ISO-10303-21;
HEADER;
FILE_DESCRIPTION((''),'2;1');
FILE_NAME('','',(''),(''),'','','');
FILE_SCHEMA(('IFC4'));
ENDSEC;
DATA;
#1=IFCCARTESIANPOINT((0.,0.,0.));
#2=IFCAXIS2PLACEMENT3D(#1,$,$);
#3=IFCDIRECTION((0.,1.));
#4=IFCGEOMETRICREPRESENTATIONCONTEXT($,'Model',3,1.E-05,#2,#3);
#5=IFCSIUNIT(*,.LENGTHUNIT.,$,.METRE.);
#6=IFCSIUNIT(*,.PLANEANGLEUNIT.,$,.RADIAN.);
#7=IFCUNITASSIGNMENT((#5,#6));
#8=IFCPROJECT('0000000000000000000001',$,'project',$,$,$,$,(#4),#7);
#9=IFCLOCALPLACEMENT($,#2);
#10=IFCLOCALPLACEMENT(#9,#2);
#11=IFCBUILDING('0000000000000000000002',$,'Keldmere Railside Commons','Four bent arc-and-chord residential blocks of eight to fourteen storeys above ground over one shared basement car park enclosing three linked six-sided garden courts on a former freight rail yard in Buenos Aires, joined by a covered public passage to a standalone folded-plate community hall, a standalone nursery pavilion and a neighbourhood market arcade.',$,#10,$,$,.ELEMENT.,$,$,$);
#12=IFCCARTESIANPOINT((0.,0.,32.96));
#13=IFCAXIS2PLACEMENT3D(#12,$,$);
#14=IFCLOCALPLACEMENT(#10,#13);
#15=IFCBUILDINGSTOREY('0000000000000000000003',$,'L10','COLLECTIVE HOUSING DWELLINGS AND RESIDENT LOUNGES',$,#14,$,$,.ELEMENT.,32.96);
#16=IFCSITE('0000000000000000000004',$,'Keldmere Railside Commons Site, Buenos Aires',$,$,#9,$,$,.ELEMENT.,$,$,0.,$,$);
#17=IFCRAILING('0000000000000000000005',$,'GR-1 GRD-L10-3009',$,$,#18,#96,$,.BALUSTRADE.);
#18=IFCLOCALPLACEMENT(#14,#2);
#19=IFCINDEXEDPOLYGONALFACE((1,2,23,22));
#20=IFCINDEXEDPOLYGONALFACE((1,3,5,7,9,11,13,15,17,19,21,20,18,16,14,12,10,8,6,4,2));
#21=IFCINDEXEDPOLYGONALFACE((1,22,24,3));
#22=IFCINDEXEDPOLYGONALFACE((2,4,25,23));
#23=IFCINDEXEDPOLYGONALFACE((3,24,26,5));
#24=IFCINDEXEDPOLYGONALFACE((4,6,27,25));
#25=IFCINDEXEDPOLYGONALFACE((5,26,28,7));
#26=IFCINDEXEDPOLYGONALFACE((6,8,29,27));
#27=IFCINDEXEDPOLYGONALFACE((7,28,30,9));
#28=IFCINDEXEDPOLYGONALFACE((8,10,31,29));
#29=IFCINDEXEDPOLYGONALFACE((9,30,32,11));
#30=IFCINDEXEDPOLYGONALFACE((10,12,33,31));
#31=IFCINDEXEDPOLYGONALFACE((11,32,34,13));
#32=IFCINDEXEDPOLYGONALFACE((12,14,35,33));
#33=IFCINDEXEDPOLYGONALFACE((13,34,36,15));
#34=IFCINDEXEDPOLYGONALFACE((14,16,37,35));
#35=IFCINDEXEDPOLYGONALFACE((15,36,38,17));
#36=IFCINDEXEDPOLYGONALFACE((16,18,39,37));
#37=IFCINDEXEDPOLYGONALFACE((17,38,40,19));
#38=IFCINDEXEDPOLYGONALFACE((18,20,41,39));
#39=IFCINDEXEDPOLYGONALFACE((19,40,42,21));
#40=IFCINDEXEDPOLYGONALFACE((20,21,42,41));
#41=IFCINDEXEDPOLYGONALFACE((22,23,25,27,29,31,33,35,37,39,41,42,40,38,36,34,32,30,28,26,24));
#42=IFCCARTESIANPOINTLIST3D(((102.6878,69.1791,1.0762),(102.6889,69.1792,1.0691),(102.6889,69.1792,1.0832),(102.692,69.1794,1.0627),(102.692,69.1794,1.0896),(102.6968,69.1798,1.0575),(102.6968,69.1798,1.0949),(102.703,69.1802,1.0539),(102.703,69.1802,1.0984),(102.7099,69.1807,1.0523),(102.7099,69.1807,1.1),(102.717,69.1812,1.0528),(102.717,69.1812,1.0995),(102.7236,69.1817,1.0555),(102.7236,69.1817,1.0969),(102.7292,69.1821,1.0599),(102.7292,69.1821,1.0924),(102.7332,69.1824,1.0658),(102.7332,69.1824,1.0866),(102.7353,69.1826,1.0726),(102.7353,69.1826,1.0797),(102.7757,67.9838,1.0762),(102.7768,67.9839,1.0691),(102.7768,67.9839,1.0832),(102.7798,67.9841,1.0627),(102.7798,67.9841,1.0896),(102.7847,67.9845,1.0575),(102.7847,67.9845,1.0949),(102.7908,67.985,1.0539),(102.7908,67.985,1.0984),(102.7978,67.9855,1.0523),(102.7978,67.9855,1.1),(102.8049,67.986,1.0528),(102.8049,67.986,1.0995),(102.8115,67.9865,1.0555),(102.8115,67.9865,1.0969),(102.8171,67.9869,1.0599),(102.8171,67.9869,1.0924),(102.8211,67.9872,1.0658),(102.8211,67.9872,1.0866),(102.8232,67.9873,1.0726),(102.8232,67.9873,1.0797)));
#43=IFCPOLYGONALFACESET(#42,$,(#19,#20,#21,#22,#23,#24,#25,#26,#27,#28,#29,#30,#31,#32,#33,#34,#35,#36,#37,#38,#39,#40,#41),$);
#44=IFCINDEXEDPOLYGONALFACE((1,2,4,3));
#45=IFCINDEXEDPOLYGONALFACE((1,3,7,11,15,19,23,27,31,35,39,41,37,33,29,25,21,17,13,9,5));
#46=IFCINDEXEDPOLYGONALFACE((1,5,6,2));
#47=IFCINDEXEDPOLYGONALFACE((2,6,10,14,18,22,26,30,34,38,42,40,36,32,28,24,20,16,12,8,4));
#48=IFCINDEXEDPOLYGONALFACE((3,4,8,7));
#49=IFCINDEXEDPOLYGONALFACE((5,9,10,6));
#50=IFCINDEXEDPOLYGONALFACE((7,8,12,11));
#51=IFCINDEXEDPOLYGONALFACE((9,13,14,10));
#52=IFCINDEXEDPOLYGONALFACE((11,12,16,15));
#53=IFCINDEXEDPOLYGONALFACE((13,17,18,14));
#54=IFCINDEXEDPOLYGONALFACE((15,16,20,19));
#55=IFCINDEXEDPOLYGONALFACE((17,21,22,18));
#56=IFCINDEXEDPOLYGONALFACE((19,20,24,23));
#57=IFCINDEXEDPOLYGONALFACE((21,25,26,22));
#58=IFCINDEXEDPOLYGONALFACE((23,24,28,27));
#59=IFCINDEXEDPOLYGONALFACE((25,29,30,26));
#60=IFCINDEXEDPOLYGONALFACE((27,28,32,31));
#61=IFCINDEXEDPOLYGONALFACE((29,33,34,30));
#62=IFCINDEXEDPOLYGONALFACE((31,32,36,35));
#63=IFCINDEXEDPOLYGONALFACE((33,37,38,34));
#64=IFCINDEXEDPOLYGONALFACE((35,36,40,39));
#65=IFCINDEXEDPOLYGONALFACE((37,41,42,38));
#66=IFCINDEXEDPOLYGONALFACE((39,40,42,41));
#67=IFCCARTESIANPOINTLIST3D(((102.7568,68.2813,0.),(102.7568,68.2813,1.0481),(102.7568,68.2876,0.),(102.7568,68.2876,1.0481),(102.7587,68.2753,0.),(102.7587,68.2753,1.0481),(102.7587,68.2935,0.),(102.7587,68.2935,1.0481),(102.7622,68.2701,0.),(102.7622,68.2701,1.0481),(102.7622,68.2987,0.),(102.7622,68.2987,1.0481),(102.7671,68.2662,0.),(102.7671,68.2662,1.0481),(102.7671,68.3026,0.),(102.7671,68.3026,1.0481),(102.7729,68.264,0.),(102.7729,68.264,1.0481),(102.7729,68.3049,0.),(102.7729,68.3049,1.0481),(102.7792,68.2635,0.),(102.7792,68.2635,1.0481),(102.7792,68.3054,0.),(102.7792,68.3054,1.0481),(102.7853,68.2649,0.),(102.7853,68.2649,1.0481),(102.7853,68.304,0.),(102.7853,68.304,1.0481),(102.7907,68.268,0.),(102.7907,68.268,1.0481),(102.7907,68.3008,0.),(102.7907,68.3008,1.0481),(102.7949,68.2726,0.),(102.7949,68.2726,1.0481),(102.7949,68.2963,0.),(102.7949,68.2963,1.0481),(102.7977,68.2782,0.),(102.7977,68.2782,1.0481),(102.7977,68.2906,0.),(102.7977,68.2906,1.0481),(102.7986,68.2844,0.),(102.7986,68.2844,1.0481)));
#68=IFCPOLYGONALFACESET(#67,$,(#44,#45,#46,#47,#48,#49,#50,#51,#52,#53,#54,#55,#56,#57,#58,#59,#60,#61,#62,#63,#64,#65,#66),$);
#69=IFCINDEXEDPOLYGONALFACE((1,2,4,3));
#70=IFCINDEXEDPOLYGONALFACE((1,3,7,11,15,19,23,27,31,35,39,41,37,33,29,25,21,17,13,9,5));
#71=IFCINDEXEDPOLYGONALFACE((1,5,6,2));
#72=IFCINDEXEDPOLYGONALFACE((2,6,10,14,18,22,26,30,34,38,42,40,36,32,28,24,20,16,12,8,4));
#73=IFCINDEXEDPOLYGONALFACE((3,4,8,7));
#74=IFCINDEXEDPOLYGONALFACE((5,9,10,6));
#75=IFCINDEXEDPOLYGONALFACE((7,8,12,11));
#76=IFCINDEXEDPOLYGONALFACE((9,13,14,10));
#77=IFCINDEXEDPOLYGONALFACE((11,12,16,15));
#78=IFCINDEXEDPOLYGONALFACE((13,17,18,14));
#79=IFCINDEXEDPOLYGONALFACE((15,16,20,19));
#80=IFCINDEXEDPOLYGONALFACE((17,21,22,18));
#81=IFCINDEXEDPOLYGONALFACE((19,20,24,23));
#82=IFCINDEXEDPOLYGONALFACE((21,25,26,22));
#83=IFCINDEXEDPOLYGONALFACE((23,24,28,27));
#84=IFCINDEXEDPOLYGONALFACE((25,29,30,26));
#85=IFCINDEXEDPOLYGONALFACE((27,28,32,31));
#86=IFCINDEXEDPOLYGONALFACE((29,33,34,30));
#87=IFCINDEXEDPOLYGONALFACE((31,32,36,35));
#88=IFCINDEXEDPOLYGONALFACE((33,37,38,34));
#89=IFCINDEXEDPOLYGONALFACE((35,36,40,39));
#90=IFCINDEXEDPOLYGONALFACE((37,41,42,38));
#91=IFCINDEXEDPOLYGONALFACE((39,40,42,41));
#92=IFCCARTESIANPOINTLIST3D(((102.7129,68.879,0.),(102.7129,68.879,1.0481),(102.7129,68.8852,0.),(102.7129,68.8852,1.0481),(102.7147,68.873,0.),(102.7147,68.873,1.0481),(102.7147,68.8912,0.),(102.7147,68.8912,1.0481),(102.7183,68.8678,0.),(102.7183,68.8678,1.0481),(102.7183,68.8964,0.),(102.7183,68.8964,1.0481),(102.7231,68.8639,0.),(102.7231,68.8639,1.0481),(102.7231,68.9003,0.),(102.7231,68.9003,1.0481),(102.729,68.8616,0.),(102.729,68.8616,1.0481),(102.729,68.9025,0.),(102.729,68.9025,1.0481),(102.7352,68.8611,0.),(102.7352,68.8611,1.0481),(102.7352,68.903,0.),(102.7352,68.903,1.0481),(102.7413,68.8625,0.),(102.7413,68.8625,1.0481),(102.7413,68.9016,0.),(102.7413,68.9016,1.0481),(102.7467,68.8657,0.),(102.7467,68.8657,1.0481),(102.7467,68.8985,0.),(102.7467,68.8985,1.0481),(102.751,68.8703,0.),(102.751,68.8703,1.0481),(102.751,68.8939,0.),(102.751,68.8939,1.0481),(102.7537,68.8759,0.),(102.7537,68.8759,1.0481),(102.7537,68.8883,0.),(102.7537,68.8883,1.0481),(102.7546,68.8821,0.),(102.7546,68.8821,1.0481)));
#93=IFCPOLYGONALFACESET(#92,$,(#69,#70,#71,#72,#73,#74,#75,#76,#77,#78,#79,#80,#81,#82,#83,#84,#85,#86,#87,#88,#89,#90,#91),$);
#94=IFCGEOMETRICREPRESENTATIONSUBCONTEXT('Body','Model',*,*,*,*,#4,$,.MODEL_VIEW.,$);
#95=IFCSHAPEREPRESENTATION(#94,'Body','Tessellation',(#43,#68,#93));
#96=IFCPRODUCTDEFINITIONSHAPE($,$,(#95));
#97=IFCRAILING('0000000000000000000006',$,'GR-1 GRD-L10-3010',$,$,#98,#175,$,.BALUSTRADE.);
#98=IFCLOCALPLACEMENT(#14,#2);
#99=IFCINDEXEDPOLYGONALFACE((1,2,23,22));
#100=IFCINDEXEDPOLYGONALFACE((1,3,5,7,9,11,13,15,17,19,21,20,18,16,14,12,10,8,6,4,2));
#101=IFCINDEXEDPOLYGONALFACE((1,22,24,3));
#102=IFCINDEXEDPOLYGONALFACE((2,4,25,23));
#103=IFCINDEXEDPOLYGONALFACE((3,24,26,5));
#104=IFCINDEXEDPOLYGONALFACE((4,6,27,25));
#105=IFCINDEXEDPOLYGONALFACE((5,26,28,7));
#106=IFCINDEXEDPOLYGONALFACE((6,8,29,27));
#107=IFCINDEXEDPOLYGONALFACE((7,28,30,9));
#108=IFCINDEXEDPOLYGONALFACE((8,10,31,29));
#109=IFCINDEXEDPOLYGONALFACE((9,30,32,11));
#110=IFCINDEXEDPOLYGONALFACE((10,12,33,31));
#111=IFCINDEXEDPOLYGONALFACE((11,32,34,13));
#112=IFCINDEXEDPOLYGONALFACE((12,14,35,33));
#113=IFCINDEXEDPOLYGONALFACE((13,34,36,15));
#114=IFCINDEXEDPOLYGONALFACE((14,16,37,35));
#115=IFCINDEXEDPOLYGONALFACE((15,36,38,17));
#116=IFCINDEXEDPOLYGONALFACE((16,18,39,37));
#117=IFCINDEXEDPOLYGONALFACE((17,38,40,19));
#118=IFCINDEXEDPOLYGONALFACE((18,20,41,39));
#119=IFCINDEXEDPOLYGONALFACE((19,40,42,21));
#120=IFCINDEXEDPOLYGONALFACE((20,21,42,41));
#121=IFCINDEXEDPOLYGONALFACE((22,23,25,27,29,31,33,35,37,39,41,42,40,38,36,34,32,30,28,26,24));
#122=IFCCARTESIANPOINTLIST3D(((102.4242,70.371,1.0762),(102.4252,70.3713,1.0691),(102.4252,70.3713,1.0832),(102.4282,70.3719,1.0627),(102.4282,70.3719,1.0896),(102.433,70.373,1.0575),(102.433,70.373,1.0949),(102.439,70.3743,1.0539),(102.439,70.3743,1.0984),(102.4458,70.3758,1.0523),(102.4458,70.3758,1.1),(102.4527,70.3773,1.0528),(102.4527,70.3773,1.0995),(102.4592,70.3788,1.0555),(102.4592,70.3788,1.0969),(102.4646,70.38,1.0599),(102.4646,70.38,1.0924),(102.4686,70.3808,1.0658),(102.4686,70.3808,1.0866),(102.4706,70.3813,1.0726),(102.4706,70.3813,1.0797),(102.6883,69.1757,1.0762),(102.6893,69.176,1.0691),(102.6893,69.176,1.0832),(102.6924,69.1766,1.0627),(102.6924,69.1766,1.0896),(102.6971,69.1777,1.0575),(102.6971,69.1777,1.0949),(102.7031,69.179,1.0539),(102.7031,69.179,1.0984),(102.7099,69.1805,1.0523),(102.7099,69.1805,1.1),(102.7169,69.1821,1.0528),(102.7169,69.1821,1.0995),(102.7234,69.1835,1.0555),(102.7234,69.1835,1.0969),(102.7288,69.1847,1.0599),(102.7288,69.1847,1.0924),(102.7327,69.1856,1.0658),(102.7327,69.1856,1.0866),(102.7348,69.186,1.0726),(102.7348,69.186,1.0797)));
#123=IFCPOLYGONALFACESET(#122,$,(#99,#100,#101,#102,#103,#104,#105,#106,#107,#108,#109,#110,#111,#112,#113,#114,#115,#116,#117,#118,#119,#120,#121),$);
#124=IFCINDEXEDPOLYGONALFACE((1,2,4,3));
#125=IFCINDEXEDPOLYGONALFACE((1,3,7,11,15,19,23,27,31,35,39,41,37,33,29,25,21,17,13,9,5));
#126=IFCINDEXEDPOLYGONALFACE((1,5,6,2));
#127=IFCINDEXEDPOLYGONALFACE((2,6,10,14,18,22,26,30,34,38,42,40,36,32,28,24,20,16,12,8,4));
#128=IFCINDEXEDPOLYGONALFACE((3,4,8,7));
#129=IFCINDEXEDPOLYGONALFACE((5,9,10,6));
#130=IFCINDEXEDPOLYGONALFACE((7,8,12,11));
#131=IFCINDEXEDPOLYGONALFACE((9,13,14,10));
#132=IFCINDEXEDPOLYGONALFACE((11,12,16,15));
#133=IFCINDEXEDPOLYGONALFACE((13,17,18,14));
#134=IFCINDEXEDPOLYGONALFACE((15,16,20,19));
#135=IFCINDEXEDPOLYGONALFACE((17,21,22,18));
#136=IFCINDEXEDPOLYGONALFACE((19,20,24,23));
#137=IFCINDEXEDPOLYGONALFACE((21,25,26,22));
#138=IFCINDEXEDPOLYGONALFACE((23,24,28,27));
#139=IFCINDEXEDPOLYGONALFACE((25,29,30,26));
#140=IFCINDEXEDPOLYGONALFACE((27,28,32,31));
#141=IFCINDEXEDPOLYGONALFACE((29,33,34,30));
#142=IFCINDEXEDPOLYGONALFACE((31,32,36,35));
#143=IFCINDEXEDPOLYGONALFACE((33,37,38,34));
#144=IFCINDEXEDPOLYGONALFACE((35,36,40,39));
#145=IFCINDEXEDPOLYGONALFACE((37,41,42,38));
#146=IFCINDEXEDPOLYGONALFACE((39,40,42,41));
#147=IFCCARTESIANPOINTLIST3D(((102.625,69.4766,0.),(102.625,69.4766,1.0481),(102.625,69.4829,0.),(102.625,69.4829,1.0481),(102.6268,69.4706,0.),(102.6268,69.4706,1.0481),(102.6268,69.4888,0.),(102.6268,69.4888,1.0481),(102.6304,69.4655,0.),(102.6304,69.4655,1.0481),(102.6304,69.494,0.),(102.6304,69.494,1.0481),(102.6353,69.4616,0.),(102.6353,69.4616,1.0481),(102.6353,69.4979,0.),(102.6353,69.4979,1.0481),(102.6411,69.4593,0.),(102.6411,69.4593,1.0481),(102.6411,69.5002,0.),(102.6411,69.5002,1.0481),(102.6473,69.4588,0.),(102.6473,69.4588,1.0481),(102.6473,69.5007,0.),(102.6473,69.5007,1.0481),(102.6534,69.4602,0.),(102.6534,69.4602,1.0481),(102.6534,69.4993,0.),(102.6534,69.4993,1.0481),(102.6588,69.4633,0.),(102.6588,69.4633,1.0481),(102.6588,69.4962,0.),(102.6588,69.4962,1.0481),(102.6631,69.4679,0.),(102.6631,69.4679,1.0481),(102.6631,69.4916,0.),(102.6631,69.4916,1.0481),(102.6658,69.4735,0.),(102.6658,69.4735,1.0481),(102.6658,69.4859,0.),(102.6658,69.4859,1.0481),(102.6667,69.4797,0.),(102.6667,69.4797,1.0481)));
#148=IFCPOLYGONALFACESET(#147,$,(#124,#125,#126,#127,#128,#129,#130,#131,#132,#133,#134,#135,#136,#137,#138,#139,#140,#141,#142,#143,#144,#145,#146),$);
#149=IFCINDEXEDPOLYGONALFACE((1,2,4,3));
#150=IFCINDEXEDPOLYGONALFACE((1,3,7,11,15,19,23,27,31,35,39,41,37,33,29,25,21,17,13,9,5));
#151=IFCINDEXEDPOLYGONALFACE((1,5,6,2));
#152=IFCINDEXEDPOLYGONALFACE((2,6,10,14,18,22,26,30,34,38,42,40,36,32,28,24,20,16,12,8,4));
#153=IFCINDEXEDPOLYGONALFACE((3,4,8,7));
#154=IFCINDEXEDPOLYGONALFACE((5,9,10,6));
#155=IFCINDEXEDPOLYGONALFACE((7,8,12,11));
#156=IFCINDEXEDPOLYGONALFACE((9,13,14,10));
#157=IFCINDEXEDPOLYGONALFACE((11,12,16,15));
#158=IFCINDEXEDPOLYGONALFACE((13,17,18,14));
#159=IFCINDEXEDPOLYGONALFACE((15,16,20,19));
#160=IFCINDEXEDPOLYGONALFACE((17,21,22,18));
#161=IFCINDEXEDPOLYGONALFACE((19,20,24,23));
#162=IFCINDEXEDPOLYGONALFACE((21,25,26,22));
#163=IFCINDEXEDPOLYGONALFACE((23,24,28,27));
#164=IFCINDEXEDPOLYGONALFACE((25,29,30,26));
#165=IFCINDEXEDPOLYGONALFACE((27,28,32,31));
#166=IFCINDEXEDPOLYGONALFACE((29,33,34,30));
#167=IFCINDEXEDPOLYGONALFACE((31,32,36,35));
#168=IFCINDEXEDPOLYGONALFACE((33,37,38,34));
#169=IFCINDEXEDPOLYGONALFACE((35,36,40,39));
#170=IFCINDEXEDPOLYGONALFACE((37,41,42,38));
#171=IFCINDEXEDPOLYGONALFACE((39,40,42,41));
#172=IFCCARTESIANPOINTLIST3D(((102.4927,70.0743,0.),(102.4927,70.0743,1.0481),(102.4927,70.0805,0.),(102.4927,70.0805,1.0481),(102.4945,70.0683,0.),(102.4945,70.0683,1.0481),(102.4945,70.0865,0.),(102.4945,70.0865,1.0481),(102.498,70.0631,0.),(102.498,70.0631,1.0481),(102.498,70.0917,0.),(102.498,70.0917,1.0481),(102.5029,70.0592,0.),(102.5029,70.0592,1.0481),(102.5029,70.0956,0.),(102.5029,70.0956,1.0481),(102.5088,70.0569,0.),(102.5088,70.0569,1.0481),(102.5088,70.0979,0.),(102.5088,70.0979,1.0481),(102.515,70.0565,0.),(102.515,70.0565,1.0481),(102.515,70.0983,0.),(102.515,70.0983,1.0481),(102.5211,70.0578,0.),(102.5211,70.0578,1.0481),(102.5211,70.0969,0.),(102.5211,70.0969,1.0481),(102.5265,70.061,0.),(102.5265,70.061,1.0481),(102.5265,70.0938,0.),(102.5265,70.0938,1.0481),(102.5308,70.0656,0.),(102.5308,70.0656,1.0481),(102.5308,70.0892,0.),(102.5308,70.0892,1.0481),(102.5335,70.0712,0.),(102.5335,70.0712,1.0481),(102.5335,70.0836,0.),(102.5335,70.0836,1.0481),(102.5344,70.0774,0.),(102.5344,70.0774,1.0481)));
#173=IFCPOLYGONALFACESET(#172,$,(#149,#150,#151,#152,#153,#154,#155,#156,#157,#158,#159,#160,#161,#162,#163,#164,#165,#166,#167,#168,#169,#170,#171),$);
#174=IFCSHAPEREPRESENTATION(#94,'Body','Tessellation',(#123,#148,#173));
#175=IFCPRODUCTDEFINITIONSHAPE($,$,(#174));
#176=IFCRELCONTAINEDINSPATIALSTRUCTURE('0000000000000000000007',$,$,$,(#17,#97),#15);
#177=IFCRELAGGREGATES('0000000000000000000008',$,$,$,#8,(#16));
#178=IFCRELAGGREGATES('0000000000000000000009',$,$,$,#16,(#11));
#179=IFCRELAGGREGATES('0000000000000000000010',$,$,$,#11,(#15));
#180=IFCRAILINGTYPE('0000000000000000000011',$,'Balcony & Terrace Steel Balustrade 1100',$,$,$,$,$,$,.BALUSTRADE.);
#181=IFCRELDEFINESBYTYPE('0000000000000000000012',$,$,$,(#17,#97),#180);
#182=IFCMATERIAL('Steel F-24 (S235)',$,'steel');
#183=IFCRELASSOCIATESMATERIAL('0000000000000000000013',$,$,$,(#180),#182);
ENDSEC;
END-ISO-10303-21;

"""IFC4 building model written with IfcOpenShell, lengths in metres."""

from ifc_helpers import new_model, si_unit, direction, frame, origin, origin_2d, place, context, subcontext, project, spatial, circle, extrude, material, type_object, element, save


model = new_model("IFC4")

# Units and contexts
model_context = context("Model", 3, precision=1e-05, world=origin(), true_north=direction((0.0, 1.0)))
body_context = subcontext(model_context, "Body", "Model", "MODEL_VIEW")
ifc_project = project(units=[si_unit("LENGTHUNIT", "METRE"), si_unit("PLANEANGLEUNIT", "RADIAN")], contexts=[model_context])

# Site, building, storey
site_placement = place(None, origin())
site = spatial("IfcSite", under=ifc_project, at=site_placement, Name="Keldmere Railside Commons Site, Buenos Aires", CompositionType="ELEMENT", RefElevation=0.0)
building_placement = place(site_placement, origin())
building = spatial("IfcBuilding", under=site, at=building_placement, Name="Keldmere Railside Commons", Description="Four bent arc-and-chord residential blocks of eight to fourteen storeys above ground over one shared basement car park enclosing three linked six-sided garden courts on a former freight rail yard in Buenos Aires, joined by a covered public passage to a standalone folded-plate community hall, a standalone nursery pavilion and a neighbourhood market arcade.", CompositionType="ELEMENT")
storey_placement = place(building_placement, frame((0.0, 0.0, 32.96)))
storey = spatial("IfcBuildingStorey", under=building, at=storey_placement, Name="L10", Description="COLLECTIVE HOUSING DWELLINGS AND RESIDENT LOUNGES", CompositionType="ELEMENT", Elevation=32.96)

# Railings
ifc_material_1 = material(Name="Steel F-24 (S235)", Category="steel")
railing_type = type_object("IfcRailingType", Name="Balcony & Terrace Steel Balustrade 1100", PredefinedType="BALUSTRADE", material=ifc_material_1)
railing_1_placement = place(storey_placement, frame((102.7996, 67.9856, 0.0)))
element("IfcRailing", 1, at=railing_1_placement, inside=storey, type_object=railing_type, Name="GR-1 GRD-L10-3009", PredefinedType="BALUSTRADE", context=body_context, shape_type="SweptSolid", body=[
    extrude(circle(Radius=0.0239, at=origin_2d()), frame((0.0, 0.0, 1.0762), z_axis=(-0.073331, 0.997308, 0.0), x_axis=(-0.997308, -0.073331, 0.0)), (0.0, 0.0, 1.0), 1.1985),
    extrude(circle(Radius=0.021, at=origin_2d()), frame((-0.022, 0.2988, 0.0)), (0.0, 0.0, 1.0), 1.0481),
    extrude(circle(Radius=0.021, at=origin_2d()), frame((-0.0659, 0.8965, 0.0)), (0.0, 0.0, 1.0), 1.0481),
])
railing_2_placement = place(storey_placement, frame((102.7117, 69.1809, 0.0)))
element("IfcRailing", 2, at=railing_2_placement, inside=storey, type_object=railing_type, Name="GR-1 GRD-L10-3010", PredefinedType="BALUSTRADE", context=body_context, shape_type="SweptSolid", body=[
    extrude(circle(Radius=0.0239, at=origin_2d()), frame((0.0, 0.0, 1.0762), z_axis=(-0.21579, 0.97644, 0.0), x_axis=(-0.97644, -0.21579, 0.0)), (0.0, 0.0, 1.0), 1.2241),
    extrude(circle(Radius=0.021, at=origin_2d()), frame((-0.0659, 0.2988, 0.0)), (0.0, 0.0, 1.0), 1.0481),
    extrude(circle(Radius=0.021, at=origin_2d()), frame((-0.1982, 0.8965, 0.0)), (0.0, 0.0, 1.0), 1.0481),
])

save(model, "model.ifc")
